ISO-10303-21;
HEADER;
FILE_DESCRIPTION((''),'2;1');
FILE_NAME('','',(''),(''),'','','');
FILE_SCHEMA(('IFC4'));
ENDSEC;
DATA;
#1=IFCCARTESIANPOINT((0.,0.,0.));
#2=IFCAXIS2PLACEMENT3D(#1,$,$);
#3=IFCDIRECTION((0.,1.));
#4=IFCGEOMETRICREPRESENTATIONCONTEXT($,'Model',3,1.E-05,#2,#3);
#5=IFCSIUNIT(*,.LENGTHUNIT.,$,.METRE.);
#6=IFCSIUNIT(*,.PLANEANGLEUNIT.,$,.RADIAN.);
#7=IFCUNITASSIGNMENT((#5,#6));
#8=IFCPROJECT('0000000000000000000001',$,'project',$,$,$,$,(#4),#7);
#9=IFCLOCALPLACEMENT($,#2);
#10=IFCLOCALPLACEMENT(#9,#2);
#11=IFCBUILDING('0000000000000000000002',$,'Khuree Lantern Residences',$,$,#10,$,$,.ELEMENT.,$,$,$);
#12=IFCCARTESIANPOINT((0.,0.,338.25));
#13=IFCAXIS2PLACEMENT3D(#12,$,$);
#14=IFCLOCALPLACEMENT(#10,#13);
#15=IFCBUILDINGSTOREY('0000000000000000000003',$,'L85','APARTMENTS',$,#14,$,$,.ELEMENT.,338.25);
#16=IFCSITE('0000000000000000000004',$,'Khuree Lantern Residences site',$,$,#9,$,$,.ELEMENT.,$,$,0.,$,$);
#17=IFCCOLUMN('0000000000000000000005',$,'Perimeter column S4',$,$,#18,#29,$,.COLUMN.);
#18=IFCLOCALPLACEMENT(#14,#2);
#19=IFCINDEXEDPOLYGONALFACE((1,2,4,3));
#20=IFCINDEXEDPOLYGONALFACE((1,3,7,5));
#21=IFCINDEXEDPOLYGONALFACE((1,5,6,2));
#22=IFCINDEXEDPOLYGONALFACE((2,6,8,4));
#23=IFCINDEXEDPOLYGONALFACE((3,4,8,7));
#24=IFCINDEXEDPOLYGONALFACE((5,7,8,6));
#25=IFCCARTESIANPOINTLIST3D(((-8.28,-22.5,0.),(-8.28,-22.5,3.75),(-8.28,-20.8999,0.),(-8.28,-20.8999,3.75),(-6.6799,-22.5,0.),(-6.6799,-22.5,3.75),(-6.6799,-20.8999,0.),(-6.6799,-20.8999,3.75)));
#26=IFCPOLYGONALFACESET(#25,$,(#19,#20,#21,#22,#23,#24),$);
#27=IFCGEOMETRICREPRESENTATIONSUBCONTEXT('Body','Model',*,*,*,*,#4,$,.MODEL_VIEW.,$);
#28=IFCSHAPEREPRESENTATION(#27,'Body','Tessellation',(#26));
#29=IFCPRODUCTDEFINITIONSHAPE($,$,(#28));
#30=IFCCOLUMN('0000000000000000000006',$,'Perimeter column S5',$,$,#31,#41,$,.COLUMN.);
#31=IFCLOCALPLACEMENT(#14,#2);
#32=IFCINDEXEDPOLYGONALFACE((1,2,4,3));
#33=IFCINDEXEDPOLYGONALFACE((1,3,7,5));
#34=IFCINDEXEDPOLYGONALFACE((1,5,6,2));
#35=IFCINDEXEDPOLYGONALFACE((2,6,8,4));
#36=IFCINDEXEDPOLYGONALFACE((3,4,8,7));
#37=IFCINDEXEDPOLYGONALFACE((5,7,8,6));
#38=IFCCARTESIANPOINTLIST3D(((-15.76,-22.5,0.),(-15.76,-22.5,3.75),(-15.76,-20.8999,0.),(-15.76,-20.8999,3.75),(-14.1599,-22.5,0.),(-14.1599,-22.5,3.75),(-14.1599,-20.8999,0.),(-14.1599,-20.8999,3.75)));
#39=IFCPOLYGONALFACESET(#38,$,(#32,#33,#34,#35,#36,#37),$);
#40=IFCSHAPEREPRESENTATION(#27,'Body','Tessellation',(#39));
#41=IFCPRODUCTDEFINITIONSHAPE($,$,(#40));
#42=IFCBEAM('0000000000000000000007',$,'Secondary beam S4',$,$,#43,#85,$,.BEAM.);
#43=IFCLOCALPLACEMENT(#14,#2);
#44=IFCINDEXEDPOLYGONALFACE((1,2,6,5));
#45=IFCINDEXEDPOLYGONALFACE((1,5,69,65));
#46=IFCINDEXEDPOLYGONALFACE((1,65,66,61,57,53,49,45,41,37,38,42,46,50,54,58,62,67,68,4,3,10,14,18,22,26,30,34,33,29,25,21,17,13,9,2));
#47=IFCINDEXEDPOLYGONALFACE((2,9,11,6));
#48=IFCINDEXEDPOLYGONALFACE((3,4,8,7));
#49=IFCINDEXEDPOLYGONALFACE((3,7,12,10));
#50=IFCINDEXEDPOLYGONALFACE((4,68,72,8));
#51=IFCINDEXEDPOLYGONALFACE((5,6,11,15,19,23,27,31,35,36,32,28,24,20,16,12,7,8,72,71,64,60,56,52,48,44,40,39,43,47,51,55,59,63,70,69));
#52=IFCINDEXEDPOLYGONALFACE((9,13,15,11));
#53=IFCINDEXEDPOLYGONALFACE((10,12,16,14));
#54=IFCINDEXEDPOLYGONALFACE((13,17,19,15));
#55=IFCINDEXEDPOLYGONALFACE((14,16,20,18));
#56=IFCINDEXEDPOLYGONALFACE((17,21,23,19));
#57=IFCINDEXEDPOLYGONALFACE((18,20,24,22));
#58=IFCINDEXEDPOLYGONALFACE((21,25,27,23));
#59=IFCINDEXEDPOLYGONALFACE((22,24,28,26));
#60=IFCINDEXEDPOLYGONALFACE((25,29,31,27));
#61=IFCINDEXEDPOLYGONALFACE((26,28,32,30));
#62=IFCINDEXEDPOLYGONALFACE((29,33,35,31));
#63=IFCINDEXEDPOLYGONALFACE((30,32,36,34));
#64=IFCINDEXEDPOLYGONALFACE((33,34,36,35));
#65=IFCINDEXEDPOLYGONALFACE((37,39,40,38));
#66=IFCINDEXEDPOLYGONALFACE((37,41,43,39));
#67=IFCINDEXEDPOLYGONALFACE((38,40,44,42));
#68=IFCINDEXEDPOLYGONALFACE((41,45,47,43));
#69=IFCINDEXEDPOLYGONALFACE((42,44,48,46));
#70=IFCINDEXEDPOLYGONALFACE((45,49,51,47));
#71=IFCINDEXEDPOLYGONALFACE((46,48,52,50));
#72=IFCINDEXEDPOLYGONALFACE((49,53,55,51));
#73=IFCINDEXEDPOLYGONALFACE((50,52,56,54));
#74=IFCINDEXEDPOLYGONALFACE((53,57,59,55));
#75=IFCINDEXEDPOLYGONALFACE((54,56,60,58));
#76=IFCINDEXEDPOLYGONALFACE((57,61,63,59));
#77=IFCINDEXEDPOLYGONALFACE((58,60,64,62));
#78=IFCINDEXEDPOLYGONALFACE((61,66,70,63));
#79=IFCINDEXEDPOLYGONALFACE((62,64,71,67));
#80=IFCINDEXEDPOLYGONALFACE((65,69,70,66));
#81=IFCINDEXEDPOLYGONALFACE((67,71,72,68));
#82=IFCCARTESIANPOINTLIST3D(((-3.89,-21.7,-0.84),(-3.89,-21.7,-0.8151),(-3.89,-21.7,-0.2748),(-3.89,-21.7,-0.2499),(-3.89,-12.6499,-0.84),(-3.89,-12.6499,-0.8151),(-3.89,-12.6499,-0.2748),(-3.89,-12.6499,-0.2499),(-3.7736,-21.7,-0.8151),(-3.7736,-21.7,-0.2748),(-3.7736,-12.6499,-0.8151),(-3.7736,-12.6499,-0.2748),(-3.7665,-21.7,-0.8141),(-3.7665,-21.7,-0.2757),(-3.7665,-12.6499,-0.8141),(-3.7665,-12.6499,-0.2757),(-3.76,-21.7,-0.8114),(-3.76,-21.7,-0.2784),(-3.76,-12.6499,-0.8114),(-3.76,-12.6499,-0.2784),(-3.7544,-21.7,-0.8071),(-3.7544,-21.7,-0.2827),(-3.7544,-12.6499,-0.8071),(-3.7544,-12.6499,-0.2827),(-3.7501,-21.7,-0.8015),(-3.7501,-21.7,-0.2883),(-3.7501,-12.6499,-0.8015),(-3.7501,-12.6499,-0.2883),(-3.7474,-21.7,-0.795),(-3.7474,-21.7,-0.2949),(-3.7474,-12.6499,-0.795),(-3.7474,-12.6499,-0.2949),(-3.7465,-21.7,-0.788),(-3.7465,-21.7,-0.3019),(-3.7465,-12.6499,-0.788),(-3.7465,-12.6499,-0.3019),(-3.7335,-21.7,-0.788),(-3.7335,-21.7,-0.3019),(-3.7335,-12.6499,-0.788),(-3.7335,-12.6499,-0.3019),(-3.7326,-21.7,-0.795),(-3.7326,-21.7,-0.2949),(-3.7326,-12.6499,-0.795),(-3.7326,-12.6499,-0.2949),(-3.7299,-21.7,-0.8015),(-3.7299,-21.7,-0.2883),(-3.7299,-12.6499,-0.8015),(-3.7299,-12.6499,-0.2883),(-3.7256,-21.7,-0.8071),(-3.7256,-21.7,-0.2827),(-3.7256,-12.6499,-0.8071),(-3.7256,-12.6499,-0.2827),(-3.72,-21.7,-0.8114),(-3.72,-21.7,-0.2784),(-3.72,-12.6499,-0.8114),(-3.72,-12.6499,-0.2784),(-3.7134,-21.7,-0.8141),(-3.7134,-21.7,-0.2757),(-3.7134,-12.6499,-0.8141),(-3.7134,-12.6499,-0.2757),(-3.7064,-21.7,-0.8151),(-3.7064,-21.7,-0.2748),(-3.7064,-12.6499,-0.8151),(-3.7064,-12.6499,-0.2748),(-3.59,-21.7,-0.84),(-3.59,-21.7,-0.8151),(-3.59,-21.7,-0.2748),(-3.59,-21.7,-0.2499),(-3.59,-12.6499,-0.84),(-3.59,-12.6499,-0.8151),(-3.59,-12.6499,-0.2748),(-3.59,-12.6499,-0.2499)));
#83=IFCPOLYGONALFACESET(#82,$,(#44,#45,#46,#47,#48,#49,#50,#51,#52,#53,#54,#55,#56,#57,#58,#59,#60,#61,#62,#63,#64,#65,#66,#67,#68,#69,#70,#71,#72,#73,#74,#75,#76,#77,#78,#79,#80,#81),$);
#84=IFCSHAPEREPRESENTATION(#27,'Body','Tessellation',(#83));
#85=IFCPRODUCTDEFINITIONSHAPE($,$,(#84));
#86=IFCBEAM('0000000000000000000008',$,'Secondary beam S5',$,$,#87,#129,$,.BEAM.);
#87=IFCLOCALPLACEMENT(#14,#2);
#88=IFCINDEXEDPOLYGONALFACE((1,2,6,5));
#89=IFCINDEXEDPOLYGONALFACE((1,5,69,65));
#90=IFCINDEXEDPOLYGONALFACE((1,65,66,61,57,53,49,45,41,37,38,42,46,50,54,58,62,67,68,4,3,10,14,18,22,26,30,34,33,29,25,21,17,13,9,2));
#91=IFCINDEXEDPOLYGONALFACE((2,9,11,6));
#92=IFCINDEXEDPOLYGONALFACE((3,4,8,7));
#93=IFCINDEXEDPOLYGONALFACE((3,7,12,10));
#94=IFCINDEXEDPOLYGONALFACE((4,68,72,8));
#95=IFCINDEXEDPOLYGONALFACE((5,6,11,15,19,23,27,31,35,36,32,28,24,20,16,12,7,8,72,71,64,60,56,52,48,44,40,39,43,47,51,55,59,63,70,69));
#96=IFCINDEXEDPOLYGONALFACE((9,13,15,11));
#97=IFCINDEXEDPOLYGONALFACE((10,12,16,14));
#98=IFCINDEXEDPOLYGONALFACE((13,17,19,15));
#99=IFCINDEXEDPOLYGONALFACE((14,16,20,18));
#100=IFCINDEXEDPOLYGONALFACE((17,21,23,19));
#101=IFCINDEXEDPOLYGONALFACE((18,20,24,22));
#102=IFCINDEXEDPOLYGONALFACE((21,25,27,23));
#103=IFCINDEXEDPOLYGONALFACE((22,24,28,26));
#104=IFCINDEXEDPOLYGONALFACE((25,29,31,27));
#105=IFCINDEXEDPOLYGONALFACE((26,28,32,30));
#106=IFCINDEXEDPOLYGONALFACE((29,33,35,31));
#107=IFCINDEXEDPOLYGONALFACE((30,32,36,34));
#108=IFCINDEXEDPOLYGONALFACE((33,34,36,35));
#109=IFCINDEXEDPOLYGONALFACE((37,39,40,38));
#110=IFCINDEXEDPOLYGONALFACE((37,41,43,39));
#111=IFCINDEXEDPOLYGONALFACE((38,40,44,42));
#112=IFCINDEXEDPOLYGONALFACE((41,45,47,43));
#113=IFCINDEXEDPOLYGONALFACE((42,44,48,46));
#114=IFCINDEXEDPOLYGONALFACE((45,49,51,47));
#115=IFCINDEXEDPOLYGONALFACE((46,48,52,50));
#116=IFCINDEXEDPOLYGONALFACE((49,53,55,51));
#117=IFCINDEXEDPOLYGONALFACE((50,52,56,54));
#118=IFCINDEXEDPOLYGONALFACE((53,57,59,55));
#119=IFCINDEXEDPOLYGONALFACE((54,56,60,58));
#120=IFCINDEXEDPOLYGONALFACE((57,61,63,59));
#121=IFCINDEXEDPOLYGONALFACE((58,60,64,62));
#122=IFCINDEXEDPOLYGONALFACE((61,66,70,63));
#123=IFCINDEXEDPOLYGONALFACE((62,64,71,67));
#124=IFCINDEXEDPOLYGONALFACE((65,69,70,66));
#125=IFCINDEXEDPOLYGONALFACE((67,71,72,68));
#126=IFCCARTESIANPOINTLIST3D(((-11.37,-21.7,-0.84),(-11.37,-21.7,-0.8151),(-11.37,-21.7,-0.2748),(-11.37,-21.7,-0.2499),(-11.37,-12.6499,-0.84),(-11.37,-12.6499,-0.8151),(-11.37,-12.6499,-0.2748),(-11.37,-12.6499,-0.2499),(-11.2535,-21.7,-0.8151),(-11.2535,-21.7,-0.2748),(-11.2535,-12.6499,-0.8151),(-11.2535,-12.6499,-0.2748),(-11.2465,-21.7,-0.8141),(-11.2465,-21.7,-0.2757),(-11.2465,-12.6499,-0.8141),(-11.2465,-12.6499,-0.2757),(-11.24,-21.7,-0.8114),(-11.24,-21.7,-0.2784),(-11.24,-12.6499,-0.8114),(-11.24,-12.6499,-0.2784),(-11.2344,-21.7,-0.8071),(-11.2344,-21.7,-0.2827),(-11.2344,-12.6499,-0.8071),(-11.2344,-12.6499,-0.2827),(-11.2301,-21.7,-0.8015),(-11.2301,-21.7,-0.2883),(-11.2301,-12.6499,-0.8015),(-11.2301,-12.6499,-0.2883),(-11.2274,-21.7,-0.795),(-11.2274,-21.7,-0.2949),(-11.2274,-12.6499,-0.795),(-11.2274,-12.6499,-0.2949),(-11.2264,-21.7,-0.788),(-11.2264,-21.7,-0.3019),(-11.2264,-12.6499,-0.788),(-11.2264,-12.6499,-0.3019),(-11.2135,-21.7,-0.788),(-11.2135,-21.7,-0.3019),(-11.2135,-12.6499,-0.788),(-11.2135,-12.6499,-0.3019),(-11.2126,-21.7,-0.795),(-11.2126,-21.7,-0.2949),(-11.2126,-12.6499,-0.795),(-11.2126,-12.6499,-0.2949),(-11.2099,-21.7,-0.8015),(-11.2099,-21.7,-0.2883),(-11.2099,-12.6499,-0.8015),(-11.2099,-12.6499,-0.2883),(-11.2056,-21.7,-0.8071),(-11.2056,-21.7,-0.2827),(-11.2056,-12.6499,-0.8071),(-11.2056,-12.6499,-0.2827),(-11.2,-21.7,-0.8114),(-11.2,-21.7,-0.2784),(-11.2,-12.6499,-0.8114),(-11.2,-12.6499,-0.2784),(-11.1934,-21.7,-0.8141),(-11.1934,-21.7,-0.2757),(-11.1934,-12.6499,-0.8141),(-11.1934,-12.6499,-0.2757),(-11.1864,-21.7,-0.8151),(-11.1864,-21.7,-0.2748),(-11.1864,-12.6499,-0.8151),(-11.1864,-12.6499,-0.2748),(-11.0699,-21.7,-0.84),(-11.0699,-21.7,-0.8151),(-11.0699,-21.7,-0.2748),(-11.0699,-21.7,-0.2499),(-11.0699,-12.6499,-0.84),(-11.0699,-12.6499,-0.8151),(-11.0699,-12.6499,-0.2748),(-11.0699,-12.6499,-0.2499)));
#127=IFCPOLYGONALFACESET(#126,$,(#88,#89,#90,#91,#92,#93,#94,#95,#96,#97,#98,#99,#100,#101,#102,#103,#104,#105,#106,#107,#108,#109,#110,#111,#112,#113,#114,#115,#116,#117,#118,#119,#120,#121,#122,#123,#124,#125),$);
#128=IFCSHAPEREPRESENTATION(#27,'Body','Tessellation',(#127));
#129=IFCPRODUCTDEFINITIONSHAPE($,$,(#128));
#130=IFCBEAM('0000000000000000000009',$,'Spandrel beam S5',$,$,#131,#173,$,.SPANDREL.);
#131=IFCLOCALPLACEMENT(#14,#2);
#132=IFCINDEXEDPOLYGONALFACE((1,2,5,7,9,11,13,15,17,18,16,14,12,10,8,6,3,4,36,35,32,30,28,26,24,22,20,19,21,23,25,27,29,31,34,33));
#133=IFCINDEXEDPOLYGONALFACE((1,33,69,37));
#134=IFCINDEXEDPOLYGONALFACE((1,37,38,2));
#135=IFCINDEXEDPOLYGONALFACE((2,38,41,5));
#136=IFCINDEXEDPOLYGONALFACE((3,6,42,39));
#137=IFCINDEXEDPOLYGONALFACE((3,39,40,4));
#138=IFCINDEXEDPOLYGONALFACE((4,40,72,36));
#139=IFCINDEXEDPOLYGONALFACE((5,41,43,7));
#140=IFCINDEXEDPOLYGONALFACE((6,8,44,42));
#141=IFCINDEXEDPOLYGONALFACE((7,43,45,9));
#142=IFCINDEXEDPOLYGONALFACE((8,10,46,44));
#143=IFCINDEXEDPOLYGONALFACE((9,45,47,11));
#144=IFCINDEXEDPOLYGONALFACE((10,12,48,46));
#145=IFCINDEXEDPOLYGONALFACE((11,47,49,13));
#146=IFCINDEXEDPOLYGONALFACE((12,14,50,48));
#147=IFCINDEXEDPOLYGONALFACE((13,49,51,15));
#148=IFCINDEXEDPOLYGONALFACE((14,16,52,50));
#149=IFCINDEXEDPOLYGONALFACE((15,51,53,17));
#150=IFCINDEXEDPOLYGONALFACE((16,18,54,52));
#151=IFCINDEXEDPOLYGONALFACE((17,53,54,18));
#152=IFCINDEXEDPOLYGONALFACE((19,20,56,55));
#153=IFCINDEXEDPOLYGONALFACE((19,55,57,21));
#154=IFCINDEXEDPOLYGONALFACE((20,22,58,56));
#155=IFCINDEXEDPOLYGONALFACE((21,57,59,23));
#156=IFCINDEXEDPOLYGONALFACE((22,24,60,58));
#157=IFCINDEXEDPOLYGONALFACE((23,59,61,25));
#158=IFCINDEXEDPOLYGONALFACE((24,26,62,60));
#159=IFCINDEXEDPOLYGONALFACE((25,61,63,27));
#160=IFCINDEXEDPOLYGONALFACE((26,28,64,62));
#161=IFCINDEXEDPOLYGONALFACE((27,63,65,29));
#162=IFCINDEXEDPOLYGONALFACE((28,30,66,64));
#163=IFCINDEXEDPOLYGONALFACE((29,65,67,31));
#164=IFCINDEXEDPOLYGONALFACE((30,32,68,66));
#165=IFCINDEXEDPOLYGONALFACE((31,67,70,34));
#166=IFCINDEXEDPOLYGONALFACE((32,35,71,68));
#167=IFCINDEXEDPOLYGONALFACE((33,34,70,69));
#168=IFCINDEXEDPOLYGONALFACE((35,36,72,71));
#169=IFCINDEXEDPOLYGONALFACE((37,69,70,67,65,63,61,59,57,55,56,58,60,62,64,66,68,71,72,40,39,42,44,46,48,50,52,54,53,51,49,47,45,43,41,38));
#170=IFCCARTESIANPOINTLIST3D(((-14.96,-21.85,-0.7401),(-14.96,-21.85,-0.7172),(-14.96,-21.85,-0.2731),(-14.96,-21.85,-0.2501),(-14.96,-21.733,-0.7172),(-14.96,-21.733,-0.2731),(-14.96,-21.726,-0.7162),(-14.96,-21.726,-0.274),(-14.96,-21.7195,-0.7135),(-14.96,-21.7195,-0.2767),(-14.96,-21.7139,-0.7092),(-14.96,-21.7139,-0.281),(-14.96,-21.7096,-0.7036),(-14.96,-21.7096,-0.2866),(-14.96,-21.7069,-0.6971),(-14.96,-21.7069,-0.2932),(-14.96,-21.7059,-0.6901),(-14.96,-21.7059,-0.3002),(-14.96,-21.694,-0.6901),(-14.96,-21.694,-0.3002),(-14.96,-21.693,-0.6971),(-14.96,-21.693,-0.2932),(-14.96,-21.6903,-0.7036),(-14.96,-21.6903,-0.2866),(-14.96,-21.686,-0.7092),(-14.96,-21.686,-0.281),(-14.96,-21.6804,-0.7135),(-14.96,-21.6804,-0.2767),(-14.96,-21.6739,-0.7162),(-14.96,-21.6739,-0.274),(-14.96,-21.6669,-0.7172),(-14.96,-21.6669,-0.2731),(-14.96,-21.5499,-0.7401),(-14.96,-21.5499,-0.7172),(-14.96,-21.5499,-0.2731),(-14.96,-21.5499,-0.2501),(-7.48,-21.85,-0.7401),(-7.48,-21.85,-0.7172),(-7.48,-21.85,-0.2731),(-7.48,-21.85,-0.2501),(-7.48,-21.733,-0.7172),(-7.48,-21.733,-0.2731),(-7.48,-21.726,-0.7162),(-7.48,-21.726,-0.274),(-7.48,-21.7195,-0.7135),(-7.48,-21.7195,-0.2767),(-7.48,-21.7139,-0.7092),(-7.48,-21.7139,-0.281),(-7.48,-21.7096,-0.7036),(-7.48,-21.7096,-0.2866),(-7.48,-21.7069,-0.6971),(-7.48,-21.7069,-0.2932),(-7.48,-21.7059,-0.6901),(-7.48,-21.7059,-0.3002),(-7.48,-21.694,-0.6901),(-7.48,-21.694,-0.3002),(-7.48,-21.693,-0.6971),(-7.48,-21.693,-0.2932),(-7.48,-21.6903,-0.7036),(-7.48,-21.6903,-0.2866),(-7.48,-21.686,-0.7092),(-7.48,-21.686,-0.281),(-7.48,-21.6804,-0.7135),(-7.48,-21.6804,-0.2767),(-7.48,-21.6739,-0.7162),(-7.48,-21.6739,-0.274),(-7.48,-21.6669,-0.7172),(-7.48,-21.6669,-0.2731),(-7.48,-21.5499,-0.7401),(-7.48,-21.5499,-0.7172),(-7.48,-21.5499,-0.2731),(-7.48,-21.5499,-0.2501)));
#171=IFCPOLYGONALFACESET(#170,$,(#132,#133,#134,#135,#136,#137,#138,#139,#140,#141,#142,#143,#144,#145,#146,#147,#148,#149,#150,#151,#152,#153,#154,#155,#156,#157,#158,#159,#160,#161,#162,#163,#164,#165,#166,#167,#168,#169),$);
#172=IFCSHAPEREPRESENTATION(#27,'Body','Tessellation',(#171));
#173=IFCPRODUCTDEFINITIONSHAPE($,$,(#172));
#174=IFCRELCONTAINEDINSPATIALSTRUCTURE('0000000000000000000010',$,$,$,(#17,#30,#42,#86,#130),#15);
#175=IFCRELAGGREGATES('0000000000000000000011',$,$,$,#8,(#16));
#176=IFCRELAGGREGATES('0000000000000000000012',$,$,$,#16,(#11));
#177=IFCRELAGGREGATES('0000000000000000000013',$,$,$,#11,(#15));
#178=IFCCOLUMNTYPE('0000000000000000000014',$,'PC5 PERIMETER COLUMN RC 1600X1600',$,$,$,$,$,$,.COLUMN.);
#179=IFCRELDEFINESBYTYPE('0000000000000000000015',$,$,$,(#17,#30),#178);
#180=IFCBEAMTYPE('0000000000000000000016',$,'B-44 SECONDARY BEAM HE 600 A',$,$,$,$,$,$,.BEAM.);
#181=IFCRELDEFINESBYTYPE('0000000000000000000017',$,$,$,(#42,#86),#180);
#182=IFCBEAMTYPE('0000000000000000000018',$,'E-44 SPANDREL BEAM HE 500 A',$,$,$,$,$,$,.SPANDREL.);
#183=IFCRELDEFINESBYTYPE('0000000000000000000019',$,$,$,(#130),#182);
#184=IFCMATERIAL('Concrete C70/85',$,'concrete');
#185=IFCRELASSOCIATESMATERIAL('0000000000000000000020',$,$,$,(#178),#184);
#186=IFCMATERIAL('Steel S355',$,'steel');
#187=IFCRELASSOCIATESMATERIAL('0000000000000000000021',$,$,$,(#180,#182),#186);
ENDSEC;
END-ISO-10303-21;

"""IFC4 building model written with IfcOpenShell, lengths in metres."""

from ifc_helpers import new_model, si_unit, direction, frame, origin, origin_2d, place, context, subcontext, project, spatial, rectangle, i_section, extrude, material, material_profile, profile_set, type_object, element, save


model = new_model("IFC4")

# Units and contexts
model_context = context("Model", 3, precision=1e-05, world=origin(), true_north=direction((0.0, 1.0)))
body_context = subcontext(model_context, "Body", "Model", "MODEL_VIEW")
ifc_project = project(units=[si_unit("LENGTHUNIT", "METRE"), si_unit("PLANEANGLEUNIT", "RADIAN")], contexts=[model_context])

# Site, building, storey
site_placement = place(None, origin())
site = spatial("IfcSite", under=ifc_project, at=site_placement, Name="Khuree Lantern Residences site", CompositionType="ELEMENT", RefElevation=0.0)
building_placement = place(site_placement, origin())
building = spatial("IfcBuilding", under=site, at=building_placement, Name="Khuree Lantern Residences", CompositionType="ELEMENT")
storey_placement = place(building_placement, frame((0.0, 0.0, 338.25)))
storey = spatial("IfcBuildingStorey", under=building, at=storey_placement, Name="L85", Description="APARTMENTS", CompositionType="ELEMENT", Elevation=338.25)

# Columns
ifc_material_1 = material(Name="Concrete C70/85", Category="concrete")
ifc_material_profile_1 = material_profile(ifc_material_1, rectangle(XDim=1.6001, YDim=1.6001, at=origin_2d()), Name="RC 1600X1600")
ifc_profile_set_1 = profile_set([ifc_material_profile_1], Name="Concrete C70/85")
column_type = type_object("IfcColumnType", Name="PC5 PERIMETER COLUMN RC 1600X1600", PredefinedType="COLUMN", material=ifc_profile_set_1)
for number, where, z_axis, x_axis, name in (
    (1, (-7.48, -21.7, 0.0), (0.0, 0.0, 1.0), (1.0, 0.0, 0.0), "Perimeter column S4"),
    (2, (-14.96, -21.7, 0.0), (0.0, 0.0, 1.0), (1.0, 0.0, 0.0), "Perimeter column S5"),
):
    element("IfcColumn", number, at=place(storey_placement, frame(where, z_axis=z_axis, x_axis=x_axis)), inside=storey, type_object=column_type, Name=name, PredefinedType="COLUMN", context=body_context, shape_type="SweptSolid", body=[
        extrude(rectangle(XDim=1.6001, YDim=1.6001, at=origin_2d()), origin(), (0.0, 0.0, 1.0), 3.75),
    ])

# Beams
ifc_material_2 = material(Name="Steel S355", Category="steel")
ifc_material_profile_2 = material_profile(ifc_material_2, i_section(OverallWidth=0.3, OverallDepth=0.5901, WebThickness=0.0129, FlangeThickness=0.0249, FilletRadius=0.0271, at=origin_2d()), Name="HE 600 A")
ifc_profile_set_2 = profile_set([ifc_material_profile_2], Name="Steel S355")
beam_type_1 = type_object("IfcBeamType", Name="B-44 SECONDARY BEAM HE 600 A", PredefinedType="BEAM", material=ifc_profile_set_2)
for number, where, z_axis, x_axis, name in (
    (3, (-3.74, -21.7, -0.5449), (0.0, 1.0, 0.0), (-1.0, 0.0, 0.0), "Secondary beam S4"),
    (4, (-11.22, -21.7, -0.5449), (0.0, 1.0, 0.0), (-1.0, 0.0, 0.0), "Secondary beam S5"),
):
    element("IfcBeam", number, at=place(storey_placement, frame(where, z_axis=z_axis, x_axis=x_axis)), inside=storey, type_object=beam_type_1, Name=name, PredefinedType="BEAM", context=body_context, shape_type="SweptSolid", body=[
        extrude(i_section(OverallWidth=0.3, OverallDepth=0.5901, WebThickness=0.0129, FlangeThickness=0.0249, FilletRadius=0.0271, at=origin_2d()), origin(), (0.0, 0.0, 1.0), 9.05),
    ])
ifc_material_profile_3 = material_profile(ifc_material_2, i_section(OverallWidth=0.3, OverallDepth=0.49, WebThickness=0.012, FlangeThickness=0.0229, FilletRadius=0.0271, at=origin_2d()), Name="HE 500 A")
ifc_profile_set_3 = profile_set([ifc_material_profile_3], Name="Steel S355")
beam_type_2 = type_object("IfcBeamType", Name="E-44 SPANDREL BEAM HE 500 A", PredefinedType="SPANDREL", material=ifc_profile_set_3)
beam_1_placement = place(storey_placement, frame((-7.48, -21.7, -0.4951), z_axis=(-1.0, 0.0, 0.0), x_axis=(0.0, -1.0, 0.0)))
element("IfcBeam", 5, at=beam_1_placement, inside=storey, type_object=beam_type_2, Name="Spandrel beam S5", PredefinedType="SPANDREL", context=body_context, shape_type="SweptSolid", body=[
    extrude(i_section(OverallWidth=0.3, OverallDepth=0.49, WebThickness=0.012, FlangeThickness=0.0229, FilletRadius=0.0271, at=origin_2d()), origin(), (0.0, 0.0, 1.0), 7.48),
])

save(model, "model.ifc")
